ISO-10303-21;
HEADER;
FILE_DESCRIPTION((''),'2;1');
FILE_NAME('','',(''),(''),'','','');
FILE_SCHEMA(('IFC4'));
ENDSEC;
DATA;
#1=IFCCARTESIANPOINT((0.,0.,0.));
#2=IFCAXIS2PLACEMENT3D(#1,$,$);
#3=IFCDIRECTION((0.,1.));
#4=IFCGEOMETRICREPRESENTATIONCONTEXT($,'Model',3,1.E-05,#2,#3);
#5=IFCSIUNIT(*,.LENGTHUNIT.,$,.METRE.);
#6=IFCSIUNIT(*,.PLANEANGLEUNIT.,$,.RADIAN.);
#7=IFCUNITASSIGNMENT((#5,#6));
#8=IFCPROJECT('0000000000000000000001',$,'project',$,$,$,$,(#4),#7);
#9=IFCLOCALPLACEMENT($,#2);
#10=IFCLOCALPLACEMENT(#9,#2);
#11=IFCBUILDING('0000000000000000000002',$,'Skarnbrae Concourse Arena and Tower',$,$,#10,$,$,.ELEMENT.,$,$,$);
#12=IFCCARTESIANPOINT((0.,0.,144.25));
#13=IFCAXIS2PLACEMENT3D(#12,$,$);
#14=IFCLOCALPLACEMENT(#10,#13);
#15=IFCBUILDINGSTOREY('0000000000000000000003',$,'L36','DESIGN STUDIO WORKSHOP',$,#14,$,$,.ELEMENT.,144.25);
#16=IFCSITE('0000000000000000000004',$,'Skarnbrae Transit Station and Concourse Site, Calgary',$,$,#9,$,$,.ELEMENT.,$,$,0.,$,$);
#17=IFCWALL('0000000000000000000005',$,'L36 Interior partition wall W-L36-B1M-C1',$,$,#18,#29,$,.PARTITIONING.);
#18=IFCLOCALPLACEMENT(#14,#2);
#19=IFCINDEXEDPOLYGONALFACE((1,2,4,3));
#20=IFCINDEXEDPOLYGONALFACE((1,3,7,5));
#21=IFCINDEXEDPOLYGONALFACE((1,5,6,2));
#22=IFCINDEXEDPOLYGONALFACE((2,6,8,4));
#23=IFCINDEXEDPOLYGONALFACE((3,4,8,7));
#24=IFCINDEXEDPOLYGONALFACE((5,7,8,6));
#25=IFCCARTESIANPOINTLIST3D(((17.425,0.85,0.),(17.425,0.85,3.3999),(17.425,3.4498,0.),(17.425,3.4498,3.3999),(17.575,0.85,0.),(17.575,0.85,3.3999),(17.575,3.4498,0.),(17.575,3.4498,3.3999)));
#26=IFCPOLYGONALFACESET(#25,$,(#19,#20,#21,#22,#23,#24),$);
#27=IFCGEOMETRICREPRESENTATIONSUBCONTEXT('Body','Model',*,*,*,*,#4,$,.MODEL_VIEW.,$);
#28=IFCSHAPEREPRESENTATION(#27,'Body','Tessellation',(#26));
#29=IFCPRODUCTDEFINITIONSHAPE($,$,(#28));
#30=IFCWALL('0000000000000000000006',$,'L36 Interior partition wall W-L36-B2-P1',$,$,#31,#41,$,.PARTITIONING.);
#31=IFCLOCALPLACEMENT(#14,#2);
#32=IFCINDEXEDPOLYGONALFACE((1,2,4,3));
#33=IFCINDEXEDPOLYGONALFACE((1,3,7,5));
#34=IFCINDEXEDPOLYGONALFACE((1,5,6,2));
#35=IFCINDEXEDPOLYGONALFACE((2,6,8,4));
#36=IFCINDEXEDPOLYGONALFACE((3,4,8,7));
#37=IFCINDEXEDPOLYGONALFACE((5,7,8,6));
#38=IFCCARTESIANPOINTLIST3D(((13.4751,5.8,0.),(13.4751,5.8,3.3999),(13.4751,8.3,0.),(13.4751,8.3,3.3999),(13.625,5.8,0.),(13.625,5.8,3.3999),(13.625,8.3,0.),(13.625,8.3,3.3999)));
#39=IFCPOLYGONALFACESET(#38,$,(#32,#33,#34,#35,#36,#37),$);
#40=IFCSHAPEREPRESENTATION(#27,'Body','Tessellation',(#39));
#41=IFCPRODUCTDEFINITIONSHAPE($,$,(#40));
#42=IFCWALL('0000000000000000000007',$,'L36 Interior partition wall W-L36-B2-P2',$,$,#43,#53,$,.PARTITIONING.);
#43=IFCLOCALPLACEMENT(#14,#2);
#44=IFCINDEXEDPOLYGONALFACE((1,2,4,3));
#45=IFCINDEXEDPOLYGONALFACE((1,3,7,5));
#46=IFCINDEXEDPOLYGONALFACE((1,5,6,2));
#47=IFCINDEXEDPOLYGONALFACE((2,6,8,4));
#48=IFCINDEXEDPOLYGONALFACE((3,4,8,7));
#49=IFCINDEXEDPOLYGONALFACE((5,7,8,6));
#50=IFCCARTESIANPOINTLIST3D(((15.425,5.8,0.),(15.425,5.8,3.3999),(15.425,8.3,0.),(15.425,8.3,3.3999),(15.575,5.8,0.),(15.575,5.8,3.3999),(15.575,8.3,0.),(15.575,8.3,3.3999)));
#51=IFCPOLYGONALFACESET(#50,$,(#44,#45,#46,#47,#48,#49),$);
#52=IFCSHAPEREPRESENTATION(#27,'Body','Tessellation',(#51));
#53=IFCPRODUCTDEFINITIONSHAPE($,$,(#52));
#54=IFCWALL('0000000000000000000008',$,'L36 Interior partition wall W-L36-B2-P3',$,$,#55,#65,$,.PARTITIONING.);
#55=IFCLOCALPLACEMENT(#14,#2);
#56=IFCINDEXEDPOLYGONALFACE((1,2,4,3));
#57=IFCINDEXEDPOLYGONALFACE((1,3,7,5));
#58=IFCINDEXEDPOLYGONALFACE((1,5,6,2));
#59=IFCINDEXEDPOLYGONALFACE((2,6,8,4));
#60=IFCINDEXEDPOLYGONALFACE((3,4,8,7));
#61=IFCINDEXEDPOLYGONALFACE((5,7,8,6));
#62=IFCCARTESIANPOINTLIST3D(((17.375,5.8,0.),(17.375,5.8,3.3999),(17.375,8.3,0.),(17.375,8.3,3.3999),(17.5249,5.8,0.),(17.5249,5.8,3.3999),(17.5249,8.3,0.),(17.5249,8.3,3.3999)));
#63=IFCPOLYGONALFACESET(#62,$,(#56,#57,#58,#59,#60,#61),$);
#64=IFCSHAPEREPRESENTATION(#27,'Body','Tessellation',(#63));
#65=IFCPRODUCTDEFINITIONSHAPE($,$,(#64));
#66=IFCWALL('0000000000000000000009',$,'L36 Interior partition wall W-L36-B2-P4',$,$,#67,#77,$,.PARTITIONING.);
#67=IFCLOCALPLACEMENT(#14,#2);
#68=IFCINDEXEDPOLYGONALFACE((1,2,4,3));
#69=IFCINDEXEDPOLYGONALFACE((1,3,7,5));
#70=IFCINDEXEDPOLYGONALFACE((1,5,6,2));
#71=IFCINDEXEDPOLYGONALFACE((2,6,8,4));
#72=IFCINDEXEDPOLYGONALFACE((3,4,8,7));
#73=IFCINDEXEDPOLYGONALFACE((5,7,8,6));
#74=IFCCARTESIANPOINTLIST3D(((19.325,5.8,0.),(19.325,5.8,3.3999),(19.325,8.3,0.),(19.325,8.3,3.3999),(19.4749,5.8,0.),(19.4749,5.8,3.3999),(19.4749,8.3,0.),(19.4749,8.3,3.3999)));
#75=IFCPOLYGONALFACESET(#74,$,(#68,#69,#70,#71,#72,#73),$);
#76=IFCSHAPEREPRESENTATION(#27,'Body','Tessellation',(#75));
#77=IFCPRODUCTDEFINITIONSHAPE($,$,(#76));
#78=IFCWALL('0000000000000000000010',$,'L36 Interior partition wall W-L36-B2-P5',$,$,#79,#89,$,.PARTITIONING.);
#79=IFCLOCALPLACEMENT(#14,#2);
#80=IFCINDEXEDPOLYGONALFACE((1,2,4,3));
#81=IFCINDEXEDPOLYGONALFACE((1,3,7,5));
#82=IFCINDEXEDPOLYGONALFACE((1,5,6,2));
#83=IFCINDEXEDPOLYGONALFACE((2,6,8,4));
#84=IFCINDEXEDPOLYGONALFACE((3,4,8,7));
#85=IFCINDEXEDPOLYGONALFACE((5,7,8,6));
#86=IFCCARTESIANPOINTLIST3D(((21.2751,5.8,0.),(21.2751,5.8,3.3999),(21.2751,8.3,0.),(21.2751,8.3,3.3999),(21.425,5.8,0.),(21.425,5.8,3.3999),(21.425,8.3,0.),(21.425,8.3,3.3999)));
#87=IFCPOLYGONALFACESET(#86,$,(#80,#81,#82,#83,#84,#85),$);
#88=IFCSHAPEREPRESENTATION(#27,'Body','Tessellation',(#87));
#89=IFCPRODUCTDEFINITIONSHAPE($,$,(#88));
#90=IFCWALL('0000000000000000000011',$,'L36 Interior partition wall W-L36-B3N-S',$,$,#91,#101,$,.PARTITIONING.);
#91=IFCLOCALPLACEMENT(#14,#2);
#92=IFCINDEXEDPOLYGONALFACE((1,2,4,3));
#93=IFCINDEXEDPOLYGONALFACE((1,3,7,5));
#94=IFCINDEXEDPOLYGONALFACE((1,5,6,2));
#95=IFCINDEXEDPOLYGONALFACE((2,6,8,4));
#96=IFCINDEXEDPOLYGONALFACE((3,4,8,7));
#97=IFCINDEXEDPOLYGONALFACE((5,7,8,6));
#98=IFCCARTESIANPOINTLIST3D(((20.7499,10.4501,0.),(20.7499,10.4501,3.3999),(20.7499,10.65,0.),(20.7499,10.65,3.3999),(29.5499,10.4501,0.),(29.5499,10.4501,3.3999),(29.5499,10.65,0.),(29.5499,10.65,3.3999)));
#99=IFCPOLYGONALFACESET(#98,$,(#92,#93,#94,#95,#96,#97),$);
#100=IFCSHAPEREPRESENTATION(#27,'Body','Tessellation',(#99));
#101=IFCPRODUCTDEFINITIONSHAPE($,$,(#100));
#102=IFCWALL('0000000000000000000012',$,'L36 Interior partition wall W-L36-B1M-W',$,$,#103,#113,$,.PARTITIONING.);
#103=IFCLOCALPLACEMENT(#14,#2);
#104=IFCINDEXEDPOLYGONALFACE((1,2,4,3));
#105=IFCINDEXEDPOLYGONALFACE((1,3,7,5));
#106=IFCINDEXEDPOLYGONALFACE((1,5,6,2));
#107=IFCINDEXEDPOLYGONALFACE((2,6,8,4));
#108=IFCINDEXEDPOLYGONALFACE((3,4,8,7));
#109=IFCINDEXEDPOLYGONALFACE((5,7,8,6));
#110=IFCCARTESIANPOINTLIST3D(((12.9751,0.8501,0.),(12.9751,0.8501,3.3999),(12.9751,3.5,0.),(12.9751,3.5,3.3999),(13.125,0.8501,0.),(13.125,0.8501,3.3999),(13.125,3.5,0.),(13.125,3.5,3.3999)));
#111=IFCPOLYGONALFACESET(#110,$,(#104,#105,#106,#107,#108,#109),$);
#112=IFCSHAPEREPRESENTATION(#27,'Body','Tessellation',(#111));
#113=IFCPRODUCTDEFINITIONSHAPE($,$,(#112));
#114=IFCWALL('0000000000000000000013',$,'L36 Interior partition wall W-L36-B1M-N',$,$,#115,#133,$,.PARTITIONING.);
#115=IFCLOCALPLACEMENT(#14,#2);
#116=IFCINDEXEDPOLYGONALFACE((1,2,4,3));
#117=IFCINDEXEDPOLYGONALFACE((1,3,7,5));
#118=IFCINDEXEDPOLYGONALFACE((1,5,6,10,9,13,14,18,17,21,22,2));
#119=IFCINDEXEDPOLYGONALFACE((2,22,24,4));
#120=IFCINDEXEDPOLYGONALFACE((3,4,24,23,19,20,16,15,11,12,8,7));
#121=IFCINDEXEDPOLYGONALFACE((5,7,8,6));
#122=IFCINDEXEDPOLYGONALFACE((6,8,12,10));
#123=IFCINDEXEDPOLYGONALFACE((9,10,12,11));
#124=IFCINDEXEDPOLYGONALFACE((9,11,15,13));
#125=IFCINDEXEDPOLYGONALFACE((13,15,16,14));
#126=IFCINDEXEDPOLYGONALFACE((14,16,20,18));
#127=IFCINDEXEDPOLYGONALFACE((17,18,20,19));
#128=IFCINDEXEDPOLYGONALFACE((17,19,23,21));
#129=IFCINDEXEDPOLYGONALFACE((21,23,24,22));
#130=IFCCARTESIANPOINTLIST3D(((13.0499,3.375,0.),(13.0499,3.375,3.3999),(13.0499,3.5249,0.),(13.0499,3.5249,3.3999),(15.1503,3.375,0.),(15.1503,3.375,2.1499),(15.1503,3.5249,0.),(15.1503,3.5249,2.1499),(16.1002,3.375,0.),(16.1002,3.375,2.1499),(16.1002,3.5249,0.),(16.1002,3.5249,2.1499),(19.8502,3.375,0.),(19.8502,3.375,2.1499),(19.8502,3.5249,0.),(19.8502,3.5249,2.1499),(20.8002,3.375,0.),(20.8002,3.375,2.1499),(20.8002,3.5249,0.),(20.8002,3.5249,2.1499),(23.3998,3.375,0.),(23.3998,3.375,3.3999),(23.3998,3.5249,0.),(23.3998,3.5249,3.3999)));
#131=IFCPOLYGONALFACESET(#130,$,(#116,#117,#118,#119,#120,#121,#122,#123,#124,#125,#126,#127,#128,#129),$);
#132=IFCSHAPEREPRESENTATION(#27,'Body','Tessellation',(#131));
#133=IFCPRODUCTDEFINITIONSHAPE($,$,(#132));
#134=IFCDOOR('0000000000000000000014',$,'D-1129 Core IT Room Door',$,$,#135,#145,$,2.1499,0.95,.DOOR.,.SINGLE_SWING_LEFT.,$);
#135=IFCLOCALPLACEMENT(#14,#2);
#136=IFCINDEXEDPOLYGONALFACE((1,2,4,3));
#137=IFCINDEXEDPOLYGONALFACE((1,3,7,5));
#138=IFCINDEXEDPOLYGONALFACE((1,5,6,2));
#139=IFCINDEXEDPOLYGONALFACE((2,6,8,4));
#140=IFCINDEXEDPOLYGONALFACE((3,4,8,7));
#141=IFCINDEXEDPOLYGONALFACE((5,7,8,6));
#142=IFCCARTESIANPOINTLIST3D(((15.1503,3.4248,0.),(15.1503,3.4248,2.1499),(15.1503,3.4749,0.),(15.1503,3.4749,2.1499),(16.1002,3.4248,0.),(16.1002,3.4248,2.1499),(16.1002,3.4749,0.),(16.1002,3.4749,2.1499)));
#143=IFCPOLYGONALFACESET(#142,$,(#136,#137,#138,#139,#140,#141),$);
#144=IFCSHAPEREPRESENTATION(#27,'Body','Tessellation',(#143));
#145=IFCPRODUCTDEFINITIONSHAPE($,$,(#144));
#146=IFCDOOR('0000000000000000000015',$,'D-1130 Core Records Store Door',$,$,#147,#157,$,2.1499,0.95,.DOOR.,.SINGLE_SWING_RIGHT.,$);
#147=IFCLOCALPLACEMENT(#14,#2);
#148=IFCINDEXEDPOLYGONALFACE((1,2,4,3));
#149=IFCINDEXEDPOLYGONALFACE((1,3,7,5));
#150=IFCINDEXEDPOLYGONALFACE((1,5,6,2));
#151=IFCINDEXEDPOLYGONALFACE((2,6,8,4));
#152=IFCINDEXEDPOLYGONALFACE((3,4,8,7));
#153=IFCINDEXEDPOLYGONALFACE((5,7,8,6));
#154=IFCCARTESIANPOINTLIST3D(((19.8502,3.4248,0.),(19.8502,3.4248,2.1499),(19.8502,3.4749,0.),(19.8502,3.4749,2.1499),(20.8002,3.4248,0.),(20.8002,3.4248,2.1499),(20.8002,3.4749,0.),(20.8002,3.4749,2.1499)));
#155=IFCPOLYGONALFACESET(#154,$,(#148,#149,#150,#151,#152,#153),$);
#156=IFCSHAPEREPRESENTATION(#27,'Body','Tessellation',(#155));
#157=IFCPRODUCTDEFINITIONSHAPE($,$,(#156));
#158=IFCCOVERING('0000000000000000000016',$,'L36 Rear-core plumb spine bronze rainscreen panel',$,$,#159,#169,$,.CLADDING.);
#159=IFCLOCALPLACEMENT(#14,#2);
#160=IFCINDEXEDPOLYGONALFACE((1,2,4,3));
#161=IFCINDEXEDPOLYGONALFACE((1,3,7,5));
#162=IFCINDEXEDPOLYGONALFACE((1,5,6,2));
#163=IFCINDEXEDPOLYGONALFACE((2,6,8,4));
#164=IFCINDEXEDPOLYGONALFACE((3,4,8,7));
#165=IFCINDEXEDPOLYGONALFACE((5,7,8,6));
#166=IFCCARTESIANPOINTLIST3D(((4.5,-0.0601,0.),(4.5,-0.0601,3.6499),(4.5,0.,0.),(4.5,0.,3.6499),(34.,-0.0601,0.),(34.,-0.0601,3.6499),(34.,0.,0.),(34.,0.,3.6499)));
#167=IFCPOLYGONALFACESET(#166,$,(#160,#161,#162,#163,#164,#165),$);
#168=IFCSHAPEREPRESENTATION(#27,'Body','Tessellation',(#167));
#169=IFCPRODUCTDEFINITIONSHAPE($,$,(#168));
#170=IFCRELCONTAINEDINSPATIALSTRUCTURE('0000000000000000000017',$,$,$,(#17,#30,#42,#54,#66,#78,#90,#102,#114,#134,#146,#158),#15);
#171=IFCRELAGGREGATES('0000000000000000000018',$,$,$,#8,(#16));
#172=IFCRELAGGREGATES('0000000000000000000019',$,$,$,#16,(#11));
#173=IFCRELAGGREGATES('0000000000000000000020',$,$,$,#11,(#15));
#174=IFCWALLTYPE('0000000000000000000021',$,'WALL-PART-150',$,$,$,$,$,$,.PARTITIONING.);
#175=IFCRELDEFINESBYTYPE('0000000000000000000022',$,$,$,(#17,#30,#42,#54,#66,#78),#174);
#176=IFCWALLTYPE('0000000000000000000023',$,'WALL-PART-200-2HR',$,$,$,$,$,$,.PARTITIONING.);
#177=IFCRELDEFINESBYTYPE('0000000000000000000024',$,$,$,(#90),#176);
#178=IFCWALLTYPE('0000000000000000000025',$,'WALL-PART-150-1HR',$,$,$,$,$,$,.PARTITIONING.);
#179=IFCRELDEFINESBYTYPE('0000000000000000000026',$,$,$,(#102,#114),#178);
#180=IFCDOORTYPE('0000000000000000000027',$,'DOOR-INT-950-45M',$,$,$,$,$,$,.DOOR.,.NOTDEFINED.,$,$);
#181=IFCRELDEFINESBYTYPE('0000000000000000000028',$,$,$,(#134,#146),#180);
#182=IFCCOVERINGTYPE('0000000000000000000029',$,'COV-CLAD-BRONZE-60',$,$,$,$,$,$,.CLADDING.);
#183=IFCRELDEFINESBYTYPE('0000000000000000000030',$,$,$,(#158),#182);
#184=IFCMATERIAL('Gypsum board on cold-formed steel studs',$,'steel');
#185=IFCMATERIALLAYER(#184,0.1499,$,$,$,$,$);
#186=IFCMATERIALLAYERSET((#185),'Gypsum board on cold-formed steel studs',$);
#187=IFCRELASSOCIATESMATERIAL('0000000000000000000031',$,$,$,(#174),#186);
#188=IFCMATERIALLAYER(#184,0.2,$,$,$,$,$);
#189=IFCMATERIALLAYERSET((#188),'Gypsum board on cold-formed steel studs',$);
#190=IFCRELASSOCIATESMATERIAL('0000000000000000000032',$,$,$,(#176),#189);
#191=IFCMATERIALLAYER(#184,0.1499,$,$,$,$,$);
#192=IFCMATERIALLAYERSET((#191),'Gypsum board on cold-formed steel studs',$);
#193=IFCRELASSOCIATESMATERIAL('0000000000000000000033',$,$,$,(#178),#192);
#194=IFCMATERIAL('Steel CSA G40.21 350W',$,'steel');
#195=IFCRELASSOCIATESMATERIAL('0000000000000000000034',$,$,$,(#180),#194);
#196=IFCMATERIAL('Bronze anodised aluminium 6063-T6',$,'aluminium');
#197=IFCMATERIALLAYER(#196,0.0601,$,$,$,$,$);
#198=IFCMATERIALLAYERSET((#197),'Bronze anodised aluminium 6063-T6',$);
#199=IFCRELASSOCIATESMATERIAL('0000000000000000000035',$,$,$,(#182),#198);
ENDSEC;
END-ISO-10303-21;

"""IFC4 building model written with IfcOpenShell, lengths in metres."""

from ifc_helpers import new_model, si_unit, direction, frame, frame_2d, origin, origin_2d, place, context, subcontext, project, spatial, rectangle, extrude, source, transform, mapped, material, layer, layer_set, type_object, element, fill, save


model = new_model("IFC4")

# Units and contexts
model_context = context("Model", 3, precision=1e-05, world=origin(), true_north=direction((0.0, 1.0)))
body_context = subcontext(model_context, "Body", "Model", "MODEL_VIEW")
ifc_project = project(units=[si_unit("LENGTHUNIT", "METRE"), si_unit("PLANEANGLEUNIT", "RADIAN")], contexts=[model_context])

# Site, building, storey
site_placement = place(None, origin())
site = spatial("IfcSite", under=ifc_project, at=site_placement, Name="Skarnbrae Transit Station and Concourse Site, Calgary", CompositionType="ELEMENT", RefElevation=0.0)
building_placement = place(site_placement, origin())
building = spatial("IfcBuilding", under=site, at=building_placement, Name="Skarnbrae Concourse Arena and Tower", CompositionType="ELEMENT")
storey_placement = place(building_placement, frame((0.0, 0.0, 144.25)))
storey = spatial("IfcBuildingStorey", under=building, at=storey_placement, Name="L36", Description="DESIGN STUDIO WORKSHOP", CompositionType="ELEMENT", Elevation=144.25)

# Walls
ifc_material_1 = material(Name="Gypsum board on cold-formed steel studs", Category="steel")
ifc_layer_1 = layer(ifc_material_1, 0.1499)
ifc_layer_set_1 = layer_set([ifc_layer_1], Name="Gypsum board on cold-formed steel studs")
wall_type_1 = type_object("IfcWallType", Name="WALL-PART-150", PredefinedType="PARTITIONING", material=ifc_layer_set_1)
shared_shape_1 = source(origin(), body_context, "Body", "SweptSolid", [
    extrude(rectangle(XDim=2.5999, YDim=0.1499, at=frame_2d((1.2998, 0.0))), origin(), (0.0, 0.0, 1.0), 3.3999),
])
wall_1_placement = place(storey_placement, frame((17.5, 0.8501, 0.0), z_axis=(0.0, 0.0, 1.0), x_axis=(0.0, 1.0, 0.0)))
element("IfcWall", 1, at=wall_1_placement, inside=storey, type_object=wall_type_1, Name="L36 Interior partition wall W-L36-B1M-C1", PredefinedType="PARTITIONING", context=body_context, shape_type="MappedRepresentation", body=[
    mapped(shared_shape_1, transform((0.0, 0.0, 0.0))),
])
shared_shape_2 = source(origin(), body_context, "Body", "SweptSolid", [
    extrude(rectangle(XDim=2.5, YDim=0.1499, at=frame_2d((1.25, 0.0))), origin(), (0.0, 0.0, 1.0), 3.3999),
])
for number, where, z_axis, x_axis, name in (
    (2, (13.55, 5.8, 0.0), (0.0, 0.0, 1.0), (0.0, 1.0, 0.0), "L36 Interior partition wall W-L36-B2-P1"),
    (3, (15.5, 5.8, 0.0), (0.0, 0.0, 1.0), (0.0, 1.0, 0.0), "L36 Interior partition wall W-L36-B2-P2"),
    (4, (17.45, 5.8, 0.0), (0.0, 0.0, 1.0), (0.0, 1.0, 0.0), "L36 Interior partition wall W-L36-B2-P3"),
    (5, (19.3999, 5.8, 0.0), (0.0, 0.0, 1.0), (0.0, 1.0, 0.0), "L36 Interior partition wall W-L36-B2-P4"),
    (6, (21.3501, 5.8, 0.0), (0.0, 0.0, 1.0), (0.0, 1.0, 0.0), "L36 Interior partition wall W-L36-B2-P5"),
):
    element("IfcWall", number, at=place(storey_placement, frame(where, z_axis=z_axis, x_axis=x_axis)), inside=storey, type_object=wall_type_1, Name=name, PredefinedType="PARTITIONING", context=body_context, shape_type="MappedRepresentation", body=[
        mapped(shared_shape_2, transform((0.0, 0.0, 0.0))),
    ])
ifc_layer_2 = layer(ifc_material_1, 0.2)
ifc_layer_set_2 = layer_set([ifc_layer_2], Name="Gypsum board on cold-formed steel studs")
wall_type_2 = type_object("IfcWallType", Name="WALL-PART-200-2HR", PredefinedType="PARTITIONING", material=ifc_layer_set_2)
shared_shape_3 = source(origin(), body_context, "Body", "SweptSolid", [
    extrude(rectangle(XDim=8.8, YDim=0.2, at=frame_2d((4.3999, 0.0))), origin(), (0.0, 0.0, 1.0), 3.3999),
])
wall_2_placement = place(storey_placement, frame((20.75, 10.55, 0.0), z_axis=(0.0, 0.0, 1.0), x_axis=(1.0, 0.0, 0.0)))
element("IfcWall", 7, at=wall_2_placement, inside=storey, type_object=wall_type_2, Name="L36 Interior partition wall W-L36-B3N-S", PredefinedType="PARTITIONING", context=body_context, shape_type="MappedRepresentation", body=[
    mapped(shared_shape_3, transform((0.0, 0.0, 0.0))),
])
ifc_layer_3 = layer(ifc_material_1, 0.1499)
ifc_layer_set_3 = layer_set([ifc_layer_3], Name="Gypsum board on cold-formed steel studs")
wall_type_3 = type_object("IfcWallType", Name="WALL-PART-150-1HR", PredefinedType="PARTITIONING", material=ifc_layer_set_3)
shared_shape_4 = source(origin(), body_context, "Body", "SweptSolid", [
    extrude(rectangle(XDim=2.6499, YDim=0.1499, at=frame_2d((1.325, 0.0))), origin(), (0.0, 0.0, 1.0), 3.3999),
])
wall_3_placement = place(storey_placement, frame((13.05, 0.8501, 0.0), z_axis=(0.0, 0.0, 1.0), x_axis=(0.0, 1.0, 0.0)))
element("IfcWall", 8, at=wall_3_placement, inside=storey, type_object=wall_type_3, Name="L36 Interior partition wall W-L36-B1M-W", PredefinedType="PARTITIONING", context=body_context, shape_type="MappedRepresentation", body=[
    mapped(shared_shape_4, transform((0.0, 0.0, 0.0))),
])

# Wall, openings, doors
shared_shape_5 = source(origin(), body_context, "Body", "SweptSolid", [
    extrude(rectangle(XDim=10.3499, YDim=0.1499, at=frame_2d((5.1748, 0.0))), origin(), (0.0, 0.0, 1.0), 3.3999),
])
wall_4_placement = place(storey_placement, frame((13.05, 3.45, 0.0), z_axis=(0.0, 0.0, 1.0), x_axis=(1.0, 0.0, 0.0)))
wall_4 = element("IfcWall", 9, at=wall_4_placement, inside=storey, type_object=wall_type_3, Name="L36 Interior partition wall W-L36-B1M-N", PredefinedType="PARTITIONING", context=body_context, shape_type="MappedRepresentation", body=[
    mapped(shared_shape_5, transform((0.0, 0.0, 0.0))),
])
opening_1_placement = place(wall_4_placement, frame((2.1001, 0.0, 0.0)))
opening_1 = element("IfcOpeningElement", 10, at=opening_1_placement, cuts=wall_4, PredefinedType="OPENING", context=body_context, shape_type="SweptSolid", body=[
    extrude(rectangle(XDim=0.95, YDim=2.1499, at=frame_2d((0.4751, 1.075))), frame((0.0, 0.085, 0.0), z_axis=(0.0, -1.0, 0.0), x_axis=(1.0, 0.0, 0.0)), (0.0, 0.0, 1.0), 0.1699),
])
opening_2_placement = place(wall_4_placement, frame((6.8, 0.0, 0.0)))
opening_2 = element("IfcOpeningElement", 11, at=opening_2_placement, cuts=wall_4, PredefinedType="OPENING", context=body_context, shape_type="SweptSolid", body=[
    extrude(rectangle(XDim=0.95, YDim=2.1499, at=frame_2d((0.4751, 1.075))), frame((0.0, 0.085, 0.0), z_axis=(0.0, -1.0, 0.0), x_axis=(1.0, 0.0, 0.0)), (0.0, 0.0, 1.0), 0.1699),
])
ifc_material_2 = material(Name="Steel CSA G40.21 350W", Category="steel")
door_type = type_object("IfcDoorType", Name="DOOR-INT-950-45M", OperationType="NOTDEFINED", PredefinedType="DOOR", material=ifc_material_2)
shared_shape_6 = source(origin(), body_context, "Body", "SweptSolid", [
    extrude(rectangle(XDim=0.95, YDim=2.1499, at=frame_2d((0.4751, 1.075))), frame((0.0, 0.0249, 0.0), z_axis=(0.0, -1.0, 0.0), x_axis=(1.0, 0.0, 0.0)), (0.0, 0.0, 1.0), 0.05),
])
door_1_placement = place(opening_1_placement, origin())
door_1 = element("IfcDoor", 12, at=door_1_placement, inside=storey, type_object=door_type, Name="D-1129 Core IT Room Door", OperationType="SINGLE_SWING_LEFT", OverallHeight=2.1499, OverallWidth=0.95, PredefinedType="DOOR", context=body_context, shape_type="MappedRepresentation", body=[
    mapped(shared_shape_6, transform((0.0, 0.0, 0.0))),
])
fill(opening_1, door_1)
door_2_placement = place(opening_2_placement, origin())
door_2 = element("IfcDoor", 13, at=door_2_placement, inside=storey, type_object=door_type, Name="D-1130 Core Records Store Door", OperationType="SINGLE_SWING_RIGHT", OverallHeight=2.1499, OverallWidth=0.95, PredefinedType="DOOR", context=body_context, shape_type="MappedRepresentation", body=[
    mapped(shared_shape_6, transform((0.0, 0.0, 0.0))),
])
fill(opening_2, door_2)

# Covering
ifc_material_3 = material(Name="Bronze anodised aluminium 6063-T6", Category="aluminium")
ifc_layer_4 = layer(ifc_material_3, 0.0601)
ifc_layer_set_4 = layer_set([ifc_layer_4], Name="Bronze anodised aluminium 6063-T6")
covering_type = type_object("IfcCoveringType", Name="COV-CLAD-BRONZE-60", PredefinedType="CLADDING", material=ifc_layer_set_4)
shared_shape_7 = source(origin(), body_context, "Body", "SweptSolid", [
    extrude(rectangle(XDim=29.5, YDim=0.0601, at=origin_2d()), origin(), (0.0, 0.0, 1.0), 3.6499),
])
covering_placement = place(storey_placement, frame((19.25, -0.03, 0.0), z_axis=(0.0, 0.0, 1.0), x_axis=(1.0, 0.0, 0.0)))
element("IfcCovering", 14, at=covering_placement, inside=storey, type_object=covering_type, Name="L36 Rear-core plumb spine bronze rainscreen panel", PredefinedType="CLADDING", context=body_context, shape_type="MappedRepresentation", body=[
    mapped(shared_shape_7, transform((0.0, 0.0, 0.0))),
])

save(model, "model.ifc")
